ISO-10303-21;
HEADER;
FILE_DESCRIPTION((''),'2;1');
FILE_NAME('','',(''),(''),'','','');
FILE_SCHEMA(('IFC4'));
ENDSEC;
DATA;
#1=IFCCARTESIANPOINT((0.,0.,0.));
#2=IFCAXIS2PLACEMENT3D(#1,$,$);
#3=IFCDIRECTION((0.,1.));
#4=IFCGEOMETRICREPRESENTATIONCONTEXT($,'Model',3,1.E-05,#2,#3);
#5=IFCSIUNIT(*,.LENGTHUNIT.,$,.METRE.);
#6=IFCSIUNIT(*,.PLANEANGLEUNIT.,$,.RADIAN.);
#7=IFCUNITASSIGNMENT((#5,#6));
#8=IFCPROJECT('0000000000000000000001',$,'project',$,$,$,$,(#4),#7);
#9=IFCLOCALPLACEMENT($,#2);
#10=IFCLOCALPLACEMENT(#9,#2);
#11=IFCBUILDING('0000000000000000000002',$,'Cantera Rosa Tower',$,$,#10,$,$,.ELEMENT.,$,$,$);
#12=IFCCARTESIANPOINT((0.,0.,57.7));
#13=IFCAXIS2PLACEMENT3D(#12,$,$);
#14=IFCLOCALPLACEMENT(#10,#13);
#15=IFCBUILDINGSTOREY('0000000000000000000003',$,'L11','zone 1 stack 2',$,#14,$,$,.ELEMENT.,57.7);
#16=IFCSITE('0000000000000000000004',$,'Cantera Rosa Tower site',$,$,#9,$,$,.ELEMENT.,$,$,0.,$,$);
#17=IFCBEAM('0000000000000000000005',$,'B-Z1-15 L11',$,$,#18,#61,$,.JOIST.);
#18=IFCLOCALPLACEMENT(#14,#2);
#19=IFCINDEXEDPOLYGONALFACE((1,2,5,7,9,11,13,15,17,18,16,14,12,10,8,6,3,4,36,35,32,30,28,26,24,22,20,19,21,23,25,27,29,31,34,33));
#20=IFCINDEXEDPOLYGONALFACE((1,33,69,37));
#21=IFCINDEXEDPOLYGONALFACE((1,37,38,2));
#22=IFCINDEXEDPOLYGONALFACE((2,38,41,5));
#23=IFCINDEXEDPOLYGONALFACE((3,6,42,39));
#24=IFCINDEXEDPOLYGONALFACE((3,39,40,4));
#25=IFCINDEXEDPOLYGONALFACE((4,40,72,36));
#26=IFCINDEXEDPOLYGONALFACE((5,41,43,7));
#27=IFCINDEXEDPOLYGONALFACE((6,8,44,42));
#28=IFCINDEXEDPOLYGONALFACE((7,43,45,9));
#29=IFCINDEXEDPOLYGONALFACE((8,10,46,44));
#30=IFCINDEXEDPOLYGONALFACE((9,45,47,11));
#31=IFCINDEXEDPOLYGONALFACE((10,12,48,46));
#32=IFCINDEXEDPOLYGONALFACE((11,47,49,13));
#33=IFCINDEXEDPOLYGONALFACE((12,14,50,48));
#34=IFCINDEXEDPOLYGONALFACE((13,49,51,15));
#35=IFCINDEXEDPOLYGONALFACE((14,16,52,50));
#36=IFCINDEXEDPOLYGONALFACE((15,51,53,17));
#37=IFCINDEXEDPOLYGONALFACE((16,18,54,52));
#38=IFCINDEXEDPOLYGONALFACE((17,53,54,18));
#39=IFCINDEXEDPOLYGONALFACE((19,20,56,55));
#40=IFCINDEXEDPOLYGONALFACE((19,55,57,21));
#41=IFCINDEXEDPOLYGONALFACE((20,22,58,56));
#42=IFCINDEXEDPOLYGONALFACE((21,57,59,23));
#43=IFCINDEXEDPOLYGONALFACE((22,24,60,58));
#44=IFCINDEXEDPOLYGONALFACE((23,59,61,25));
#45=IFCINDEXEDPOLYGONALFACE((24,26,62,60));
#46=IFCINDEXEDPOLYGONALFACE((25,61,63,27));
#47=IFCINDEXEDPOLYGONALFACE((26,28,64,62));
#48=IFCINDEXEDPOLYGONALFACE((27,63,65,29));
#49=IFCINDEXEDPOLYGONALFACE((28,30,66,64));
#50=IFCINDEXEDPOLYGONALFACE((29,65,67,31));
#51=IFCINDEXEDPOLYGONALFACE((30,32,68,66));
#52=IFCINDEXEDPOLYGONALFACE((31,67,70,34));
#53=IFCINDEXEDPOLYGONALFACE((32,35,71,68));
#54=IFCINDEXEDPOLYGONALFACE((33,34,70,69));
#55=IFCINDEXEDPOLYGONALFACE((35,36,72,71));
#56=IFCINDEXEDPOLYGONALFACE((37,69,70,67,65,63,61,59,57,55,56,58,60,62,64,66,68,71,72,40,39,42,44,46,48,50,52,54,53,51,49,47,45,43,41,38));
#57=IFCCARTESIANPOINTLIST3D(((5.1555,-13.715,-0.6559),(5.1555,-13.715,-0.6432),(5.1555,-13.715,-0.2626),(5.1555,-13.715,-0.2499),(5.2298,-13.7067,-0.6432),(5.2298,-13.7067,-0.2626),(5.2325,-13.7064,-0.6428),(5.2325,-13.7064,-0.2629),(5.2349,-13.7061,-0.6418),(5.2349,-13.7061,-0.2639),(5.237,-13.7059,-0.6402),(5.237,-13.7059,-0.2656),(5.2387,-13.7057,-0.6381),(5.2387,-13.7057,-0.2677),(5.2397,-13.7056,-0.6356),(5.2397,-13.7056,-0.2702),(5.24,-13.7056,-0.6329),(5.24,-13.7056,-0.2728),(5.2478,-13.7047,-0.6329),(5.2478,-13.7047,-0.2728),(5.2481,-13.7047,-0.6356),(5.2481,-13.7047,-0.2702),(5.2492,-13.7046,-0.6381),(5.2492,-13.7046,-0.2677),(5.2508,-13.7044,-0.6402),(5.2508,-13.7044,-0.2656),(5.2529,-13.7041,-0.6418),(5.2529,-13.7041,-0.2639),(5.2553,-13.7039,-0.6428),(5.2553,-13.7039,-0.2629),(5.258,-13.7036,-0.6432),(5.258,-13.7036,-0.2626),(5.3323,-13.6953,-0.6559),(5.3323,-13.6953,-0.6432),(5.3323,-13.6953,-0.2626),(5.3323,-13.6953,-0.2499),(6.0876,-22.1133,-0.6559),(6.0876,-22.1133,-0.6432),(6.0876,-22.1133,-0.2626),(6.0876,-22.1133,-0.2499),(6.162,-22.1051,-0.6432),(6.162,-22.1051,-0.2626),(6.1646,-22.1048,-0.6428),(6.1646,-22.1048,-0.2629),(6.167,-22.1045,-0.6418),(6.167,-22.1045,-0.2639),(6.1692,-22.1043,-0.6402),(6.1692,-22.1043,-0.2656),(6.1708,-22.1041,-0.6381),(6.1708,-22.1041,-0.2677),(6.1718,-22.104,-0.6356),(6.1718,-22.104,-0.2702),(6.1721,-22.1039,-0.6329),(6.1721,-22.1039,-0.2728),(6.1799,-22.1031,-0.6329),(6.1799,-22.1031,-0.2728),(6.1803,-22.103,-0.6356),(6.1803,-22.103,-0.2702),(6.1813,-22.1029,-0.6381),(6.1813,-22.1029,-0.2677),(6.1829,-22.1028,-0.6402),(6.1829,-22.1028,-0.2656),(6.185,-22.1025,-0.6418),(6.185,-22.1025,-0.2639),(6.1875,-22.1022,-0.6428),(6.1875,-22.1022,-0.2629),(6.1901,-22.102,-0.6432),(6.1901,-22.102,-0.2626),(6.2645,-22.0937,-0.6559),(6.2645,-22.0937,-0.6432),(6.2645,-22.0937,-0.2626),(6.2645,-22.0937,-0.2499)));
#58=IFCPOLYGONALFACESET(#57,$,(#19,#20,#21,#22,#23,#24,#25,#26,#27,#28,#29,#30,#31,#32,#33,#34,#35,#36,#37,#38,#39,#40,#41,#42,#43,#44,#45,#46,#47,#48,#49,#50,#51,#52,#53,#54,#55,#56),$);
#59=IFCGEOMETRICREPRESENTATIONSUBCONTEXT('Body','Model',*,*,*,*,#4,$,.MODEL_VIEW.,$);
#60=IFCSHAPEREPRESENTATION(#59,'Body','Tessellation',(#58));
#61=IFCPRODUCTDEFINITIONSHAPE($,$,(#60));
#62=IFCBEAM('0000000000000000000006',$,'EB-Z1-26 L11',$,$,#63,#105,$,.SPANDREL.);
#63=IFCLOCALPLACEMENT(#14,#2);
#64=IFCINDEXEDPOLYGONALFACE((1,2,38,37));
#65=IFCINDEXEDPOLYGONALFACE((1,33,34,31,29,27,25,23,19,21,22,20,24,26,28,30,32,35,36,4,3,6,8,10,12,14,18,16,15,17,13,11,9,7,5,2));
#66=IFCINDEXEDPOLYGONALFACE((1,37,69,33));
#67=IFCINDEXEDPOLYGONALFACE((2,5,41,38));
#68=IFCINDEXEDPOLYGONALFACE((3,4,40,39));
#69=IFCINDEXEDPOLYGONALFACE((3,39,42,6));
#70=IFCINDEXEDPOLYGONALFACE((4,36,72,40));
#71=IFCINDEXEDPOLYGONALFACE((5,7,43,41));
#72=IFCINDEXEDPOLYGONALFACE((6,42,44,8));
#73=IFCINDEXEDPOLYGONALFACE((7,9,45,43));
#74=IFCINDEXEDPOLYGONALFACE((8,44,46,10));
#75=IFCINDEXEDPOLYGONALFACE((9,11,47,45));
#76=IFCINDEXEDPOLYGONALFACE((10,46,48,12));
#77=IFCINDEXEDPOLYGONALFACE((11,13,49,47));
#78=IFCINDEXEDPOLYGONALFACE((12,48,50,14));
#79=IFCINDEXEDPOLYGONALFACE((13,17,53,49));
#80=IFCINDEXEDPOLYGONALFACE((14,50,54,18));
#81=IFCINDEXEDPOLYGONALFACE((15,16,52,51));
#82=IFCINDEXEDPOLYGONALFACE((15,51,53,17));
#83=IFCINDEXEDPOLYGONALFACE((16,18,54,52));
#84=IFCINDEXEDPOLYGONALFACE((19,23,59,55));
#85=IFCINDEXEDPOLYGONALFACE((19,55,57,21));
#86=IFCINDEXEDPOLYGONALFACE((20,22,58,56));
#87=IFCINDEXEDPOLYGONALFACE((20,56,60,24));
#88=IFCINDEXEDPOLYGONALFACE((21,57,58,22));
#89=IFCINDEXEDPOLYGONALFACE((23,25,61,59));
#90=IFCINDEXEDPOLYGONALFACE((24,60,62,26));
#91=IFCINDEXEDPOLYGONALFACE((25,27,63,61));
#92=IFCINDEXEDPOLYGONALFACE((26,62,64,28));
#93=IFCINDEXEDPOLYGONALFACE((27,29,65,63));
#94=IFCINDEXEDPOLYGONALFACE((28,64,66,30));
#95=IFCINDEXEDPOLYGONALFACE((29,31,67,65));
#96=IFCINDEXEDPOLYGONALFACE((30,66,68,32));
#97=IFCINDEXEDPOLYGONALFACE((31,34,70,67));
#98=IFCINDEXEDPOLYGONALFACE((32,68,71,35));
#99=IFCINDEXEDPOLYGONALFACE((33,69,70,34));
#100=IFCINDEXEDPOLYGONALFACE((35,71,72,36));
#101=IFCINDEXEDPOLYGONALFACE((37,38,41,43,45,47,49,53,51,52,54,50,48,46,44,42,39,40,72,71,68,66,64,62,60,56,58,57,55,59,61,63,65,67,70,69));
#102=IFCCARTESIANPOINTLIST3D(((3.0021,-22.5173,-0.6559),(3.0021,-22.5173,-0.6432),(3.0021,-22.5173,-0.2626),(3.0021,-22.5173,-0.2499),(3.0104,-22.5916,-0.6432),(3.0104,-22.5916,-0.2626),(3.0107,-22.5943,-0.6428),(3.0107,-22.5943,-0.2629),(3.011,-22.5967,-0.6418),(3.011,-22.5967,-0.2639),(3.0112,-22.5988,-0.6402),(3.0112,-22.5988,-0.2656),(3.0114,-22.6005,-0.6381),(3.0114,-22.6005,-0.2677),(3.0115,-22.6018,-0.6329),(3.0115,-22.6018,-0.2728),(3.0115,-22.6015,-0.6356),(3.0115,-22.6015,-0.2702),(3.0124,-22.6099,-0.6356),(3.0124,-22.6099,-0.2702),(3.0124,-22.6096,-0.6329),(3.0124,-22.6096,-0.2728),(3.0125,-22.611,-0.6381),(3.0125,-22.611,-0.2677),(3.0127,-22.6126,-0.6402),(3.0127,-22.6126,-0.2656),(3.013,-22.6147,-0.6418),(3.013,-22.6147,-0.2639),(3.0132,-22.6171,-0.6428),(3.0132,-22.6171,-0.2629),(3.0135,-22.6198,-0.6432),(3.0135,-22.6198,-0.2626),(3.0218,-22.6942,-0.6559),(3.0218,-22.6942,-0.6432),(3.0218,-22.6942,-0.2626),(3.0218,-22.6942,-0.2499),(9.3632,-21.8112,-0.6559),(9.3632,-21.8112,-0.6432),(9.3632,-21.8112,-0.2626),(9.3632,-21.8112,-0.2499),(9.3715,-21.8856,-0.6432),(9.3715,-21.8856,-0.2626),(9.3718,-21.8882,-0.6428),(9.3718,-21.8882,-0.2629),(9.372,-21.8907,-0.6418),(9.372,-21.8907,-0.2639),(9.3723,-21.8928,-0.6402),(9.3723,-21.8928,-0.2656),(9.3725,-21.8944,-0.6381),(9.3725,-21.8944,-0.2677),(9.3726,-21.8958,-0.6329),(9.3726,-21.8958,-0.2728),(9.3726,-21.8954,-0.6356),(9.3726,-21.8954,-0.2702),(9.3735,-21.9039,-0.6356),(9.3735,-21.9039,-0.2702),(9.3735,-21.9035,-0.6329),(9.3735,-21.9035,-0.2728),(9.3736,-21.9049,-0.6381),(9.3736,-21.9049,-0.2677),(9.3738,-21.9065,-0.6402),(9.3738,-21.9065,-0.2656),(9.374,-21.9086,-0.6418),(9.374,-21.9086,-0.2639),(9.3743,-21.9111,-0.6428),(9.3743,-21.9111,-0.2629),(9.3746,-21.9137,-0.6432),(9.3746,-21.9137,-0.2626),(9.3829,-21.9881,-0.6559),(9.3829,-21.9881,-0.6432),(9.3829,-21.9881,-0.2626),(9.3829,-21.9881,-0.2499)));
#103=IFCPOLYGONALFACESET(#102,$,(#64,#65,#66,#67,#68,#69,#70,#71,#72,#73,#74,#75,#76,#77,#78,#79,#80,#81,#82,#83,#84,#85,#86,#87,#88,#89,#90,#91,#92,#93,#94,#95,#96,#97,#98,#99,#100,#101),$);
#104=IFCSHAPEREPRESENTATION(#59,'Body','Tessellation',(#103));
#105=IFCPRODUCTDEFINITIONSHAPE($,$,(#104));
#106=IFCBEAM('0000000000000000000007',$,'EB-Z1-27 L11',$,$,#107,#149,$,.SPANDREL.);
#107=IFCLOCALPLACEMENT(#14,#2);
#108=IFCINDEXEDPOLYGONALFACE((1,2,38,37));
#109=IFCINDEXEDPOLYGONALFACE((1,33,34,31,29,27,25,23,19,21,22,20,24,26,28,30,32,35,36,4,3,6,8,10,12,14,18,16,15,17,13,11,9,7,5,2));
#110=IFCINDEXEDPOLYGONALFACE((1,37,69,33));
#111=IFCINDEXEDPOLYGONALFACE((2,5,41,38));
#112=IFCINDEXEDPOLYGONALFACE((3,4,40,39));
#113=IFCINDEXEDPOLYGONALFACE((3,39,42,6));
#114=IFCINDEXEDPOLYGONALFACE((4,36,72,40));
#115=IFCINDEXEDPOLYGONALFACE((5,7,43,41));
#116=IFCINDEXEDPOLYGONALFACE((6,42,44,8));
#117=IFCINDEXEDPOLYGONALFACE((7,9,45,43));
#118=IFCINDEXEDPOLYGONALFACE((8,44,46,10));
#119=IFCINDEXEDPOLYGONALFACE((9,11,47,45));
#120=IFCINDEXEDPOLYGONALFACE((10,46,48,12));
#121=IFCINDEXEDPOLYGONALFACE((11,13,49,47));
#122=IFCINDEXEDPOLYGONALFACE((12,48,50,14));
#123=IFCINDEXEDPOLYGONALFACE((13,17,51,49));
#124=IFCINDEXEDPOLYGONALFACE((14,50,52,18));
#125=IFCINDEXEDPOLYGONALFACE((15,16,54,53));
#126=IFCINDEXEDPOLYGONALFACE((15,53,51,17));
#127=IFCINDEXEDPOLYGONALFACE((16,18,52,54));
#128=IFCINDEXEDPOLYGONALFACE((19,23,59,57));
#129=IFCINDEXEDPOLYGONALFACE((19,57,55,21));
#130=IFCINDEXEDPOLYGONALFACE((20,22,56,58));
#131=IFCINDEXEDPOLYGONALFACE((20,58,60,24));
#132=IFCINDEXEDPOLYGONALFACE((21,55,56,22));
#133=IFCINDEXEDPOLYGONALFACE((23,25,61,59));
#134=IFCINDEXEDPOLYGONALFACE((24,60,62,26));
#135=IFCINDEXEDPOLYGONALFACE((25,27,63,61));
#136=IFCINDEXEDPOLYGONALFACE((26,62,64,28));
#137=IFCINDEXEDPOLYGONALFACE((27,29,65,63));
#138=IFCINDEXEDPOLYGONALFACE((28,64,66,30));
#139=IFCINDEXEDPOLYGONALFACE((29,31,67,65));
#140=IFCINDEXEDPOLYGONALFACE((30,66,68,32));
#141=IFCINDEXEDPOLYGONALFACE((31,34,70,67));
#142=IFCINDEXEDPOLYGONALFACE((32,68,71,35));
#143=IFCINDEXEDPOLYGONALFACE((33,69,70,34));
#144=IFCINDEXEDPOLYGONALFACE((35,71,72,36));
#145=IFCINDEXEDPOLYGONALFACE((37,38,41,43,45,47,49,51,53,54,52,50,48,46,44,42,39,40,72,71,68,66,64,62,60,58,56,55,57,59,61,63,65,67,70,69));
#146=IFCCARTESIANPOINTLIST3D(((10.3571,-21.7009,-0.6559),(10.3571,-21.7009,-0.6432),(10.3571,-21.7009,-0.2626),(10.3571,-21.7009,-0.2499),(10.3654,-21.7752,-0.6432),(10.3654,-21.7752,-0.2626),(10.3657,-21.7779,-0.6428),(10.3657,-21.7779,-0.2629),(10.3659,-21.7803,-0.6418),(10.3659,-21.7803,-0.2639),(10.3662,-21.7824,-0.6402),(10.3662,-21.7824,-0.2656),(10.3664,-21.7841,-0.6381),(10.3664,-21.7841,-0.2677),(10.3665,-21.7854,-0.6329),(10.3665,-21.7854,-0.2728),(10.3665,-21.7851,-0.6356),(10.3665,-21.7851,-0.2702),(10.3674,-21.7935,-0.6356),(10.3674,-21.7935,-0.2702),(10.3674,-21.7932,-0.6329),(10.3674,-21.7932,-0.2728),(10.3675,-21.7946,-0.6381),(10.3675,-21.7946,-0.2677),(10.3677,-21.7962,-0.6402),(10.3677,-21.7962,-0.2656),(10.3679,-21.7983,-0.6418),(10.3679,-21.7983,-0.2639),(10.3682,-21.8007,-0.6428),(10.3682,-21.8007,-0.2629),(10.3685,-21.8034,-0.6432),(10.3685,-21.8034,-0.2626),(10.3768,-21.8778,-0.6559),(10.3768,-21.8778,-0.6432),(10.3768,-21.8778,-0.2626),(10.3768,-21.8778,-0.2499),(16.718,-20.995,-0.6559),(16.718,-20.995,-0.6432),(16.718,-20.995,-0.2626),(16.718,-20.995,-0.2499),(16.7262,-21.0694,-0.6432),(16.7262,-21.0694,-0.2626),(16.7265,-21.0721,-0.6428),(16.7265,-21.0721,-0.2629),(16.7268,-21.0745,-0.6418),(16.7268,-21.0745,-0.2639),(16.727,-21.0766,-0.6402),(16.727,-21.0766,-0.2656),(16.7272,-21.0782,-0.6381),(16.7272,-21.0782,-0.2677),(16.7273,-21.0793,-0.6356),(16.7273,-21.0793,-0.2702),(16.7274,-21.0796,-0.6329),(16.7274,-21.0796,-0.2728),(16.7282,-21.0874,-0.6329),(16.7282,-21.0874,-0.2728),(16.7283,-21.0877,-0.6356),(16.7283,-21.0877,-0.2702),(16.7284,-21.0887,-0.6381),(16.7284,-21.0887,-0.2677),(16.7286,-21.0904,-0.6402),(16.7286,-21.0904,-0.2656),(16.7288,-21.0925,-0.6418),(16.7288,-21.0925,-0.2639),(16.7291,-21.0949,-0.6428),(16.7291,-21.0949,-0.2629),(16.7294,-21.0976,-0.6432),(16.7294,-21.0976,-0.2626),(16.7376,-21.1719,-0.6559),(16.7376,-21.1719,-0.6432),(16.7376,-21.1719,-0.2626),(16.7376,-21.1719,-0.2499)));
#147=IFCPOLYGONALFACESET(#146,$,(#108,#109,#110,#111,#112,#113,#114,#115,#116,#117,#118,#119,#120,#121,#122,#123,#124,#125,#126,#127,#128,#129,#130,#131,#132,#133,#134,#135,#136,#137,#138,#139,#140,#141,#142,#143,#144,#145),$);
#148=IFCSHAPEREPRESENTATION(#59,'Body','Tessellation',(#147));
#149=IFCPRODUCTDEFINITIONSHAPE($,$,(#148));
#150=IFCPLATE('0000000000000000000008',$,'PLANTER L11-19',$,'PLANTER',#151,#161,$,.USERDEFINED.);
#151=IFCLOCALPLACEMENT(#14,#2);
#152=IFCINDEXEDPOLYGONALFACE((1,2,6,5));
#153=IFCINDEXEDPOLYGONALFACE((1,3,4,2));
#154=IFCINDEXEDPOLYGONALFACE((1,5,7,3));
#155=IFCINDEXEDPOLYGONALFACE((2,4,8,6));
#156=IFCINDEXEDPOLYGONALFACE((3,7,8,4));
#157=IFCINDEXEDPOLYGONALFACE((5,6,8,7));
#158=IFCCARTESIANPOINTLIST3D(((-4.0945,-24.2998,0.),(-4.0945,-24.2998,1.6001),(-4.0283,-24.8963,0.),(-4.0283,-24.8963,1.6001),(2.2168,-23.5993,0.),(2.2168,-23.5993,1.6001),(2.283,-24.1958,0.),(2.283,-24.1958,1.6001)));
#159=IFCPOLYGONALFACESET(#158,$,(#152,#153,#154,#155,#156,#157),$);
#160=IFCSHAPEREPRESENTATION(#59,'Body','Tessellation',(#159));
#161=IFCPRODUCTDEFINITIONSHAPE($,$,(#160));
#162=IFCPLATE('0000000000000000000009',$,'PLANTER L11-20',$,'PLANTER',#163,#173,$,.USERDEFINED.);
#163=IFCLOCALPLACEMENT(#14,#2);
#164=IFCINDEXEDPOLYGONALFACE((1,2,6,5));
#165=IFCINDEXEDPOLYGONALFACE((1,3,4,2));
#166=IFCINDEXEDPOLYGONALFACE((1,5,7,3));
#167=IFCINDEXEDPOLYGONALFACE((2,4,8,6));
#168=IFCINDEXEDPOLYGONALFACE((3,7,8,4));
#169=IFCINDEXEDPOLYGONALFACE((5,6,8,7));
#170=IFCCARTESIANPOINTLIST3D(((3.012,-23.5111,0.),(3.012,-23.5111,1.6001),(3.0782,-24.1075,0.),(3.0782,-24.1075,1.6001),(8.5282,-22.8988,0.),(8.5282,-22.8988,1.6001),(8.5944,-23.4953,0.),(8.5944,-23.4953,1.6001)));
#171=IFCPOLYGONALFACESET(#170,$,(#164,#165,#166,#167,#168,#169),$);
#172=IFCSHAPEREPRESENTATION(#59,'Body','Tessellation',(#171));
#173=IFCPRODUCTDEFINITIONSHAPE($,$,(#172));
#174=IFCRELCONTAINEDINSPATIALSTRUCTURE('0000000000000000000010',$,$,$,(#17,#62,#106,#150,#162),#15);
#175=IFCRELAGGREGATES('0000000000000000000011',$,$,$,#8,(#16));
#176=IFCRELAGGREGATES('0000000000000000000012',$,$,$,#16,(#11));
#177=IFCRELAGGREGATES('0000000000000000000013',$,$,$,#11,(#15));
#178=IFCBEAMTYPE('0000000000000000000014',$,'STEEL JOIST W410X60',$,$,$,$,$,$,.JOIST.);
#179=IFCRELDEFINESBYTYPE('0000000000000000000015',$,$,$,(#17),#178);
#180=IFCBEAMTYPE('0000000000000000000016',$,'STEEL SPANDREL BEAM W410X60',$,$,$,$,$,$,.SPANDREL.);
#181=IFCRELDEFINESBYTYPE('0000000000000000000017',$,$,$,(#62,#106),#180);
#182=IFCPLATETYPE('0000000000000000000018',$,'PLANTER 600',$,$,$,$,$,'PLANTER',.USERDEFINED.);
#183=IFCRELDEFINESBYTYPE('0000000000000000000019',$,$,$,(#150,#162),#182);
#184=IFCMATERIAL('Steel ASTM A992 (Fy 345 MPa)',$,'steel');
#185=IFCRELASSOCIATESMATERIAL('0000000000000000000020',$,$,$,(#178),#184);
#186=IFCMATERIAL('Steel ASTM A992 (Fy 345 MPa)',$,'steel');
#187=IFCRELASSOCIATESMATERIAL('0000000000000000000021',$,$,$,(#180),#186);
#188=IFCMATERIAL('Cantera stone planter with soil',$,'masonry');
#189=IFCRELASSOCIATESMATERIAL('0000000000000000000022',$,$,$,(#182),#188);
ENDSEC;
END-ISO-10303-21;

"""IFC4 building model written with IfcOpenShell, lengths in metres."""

from ifc_helpers import new_model, si_unit, direction, frame, origin, origin_2d, place, context, subcontext, project, spatial, rectangle, i_section, extrude, material, material_profile, profile_set, type_object, element, save


model = new_model("IFC4")

# Units and contexts
model_context = context("Model", 3, precision=1e-05, world=origin(), true_north=direction((0.0, 1.0)))
body_context = subcontext(model_context, "Body", "Model", "MODEL_VIEW")
ifc_project = project(units=[si_unit("LENGTHUNIT", "METRE"), si_unit("PLANEANGLEUNIT", "RADIAN")], contexts=[model_context])

# Site, building, storey
site_placement = place(None, origin())
site = spatial("IfcSite", under=ifc_project, at=site_placement, Name="Cantera Rosa Tower site", CompositionType="ELEMENT", RefElevation=0.0)
building_placement = place(site_placement, origin())
building = spatial("IfcBuilding", under=site, at=building_placement, Name="Cantera Rosa Tower", CompositionType="ELEMENT")
storey_placement = place(building_placement, frame((0.0, 0.0, 57.7)))
storey = spatial("IfcBuildingStorey", under=building, at=storey_placement, Name="L11", Description="zone 1 stack 2", CompositionType="ELEMENT", Elevation=57.7)

# Beams
ifc_material_1 = material(Name="Steel ASTM A992 (Fy 345 MPa)", Category="steel")
ifc_material_profile_1 = material_profile(ifc_material_1, i_section(OverallWidth=0.178, OverallDepth=0.406, WebThickness=0.0078, FlangeThickness=0.0127, FilletRadius=0.0103, at=origin_2d()), Name="W410X60")
ifc_profile_set_1 = profile_set([ifc_material_profile_1], Name="Steel ASTM A992 (Fy 345 MPa)")
beam_type_1 = type_object("IfcBeamType", Name="STEEL JOIST W410X60", PredefinedType="JOIST", material=ifc_profile_set_1)
for number, where, z_axis, x_axis, name in (
    (1, (6.176, -22.1035, -0.4529), (-0.110311, 0.993897, 0.0), (-0.993897, -0.110311, 0.0), "B-Z1-15 L11"),
):
    element("IfcBeam", number, at=place(storey_placement, frame(where, z_axis=z_axis, x_axis=x_axis)), inside=storey, type_object=beam_type_1, Name=name, PredefinedType="JOIST", context=body_context, shape_type="SweptSolid", body=[
        extrude(i_section(OverallWidth=0.178, OverallDepth=0.406, WebThickness=0.0078, FlangeThickness=0.0127, FilletRadius=0.0103, at=origin_2d()), origin(), (0.0, 0.0, 1.0), 8.45),
    ])
ifc_material_2 = material(Name="Steel ASTM A992 (Fy 345 MPa)", Category="steel")
ifc_material_profile_2 = material_profile(ifc_material_2, i_section(OverallWidth=0.178, OverallDepth=0.406, WebThickness=0.0078, FlangeThickness=0.0127, FilletRadius=0.0103, at=origin_2d()), Name="W410X60")
ifc_profile_set_2 = profile_set([ifc_material_profile_2], Name="Steel ASTM A992 (Fy 345 MPa)")
beam_type_2 = type_object("IfcBeamType", Name="STEEL SPANDREL BEAM W410X60", PredefinedType="SPANDREL", material=ifc_profile_set_2)
beam_1_placement = place(storey_placement, frame((3.012, -22.6057, -0.4529), z_axis=(0.993896, 0.110318, 0.0), x_axis=(-0.110318, 0.993896, 0.0)))
element("IfcBeam", 2, at=beam_1_placement, inside=storey, type_object=beam_type_2, Name="EB-Z1-26 L11", PredefinedType="SPANDREL", context=body_context, shape_type="SweptSolid", body=[
    extrude(i_section(OverallWidth=0.178, OverallDepth=0.406, WebThickness=0.0078, FlangeThickness=0.0127, FilletRadius=0.0103, at=origin_2d()), origin(), (0.0, 0.0, 1.0), 6.4001),
])
beam_2_placement = place(storey_placement, frame((10.3669, -21.7893, -0.4529), z_axis=(0.9939, 0.110285, 0.0), x_axis=(-0.110285, 0.9939, 0.0)))
element("IfcBeam", 3, at=beam_2_placement, inside=storey, type_object=beam_type_2, Name="EB-Z1-27 L11", PredefinedType="SPANDREL", context=body_context, shape_type="SweptSolid", body=[
    extrude(i_section(OverallWidth=0.178, OverallDepth=0.406, WebThickness=0.0078, FlangeThickness=0.0127, FilletRadius=0.0103, at=origin_2d()), origin(), (0.0, 0.0, 1.0), 6.3999),
])

# Plates
ifc_material_3 = material(Name="Cantera stone planter with soil", Category="masonry")
plate_type = type_object("IfcPlateType", Name="PLANTER 600", ElementType="PLANTER", PredefinedType="USERDEFINED", material=ifc_material_3)
plate_1_placement = place(storey_placement, frame((-0.9058, -24.2478, 0.0), z_axis=(0.0, 0.0, 1.0), x_axis=(0.993897, 0.110313, 0.0)))
element("IfcPlate", 4, at=plate_1_placement, inside=storey, type_object=plate_type, Name="PLANTER L11-19", ObjectType="PLANTER", PredefinedType="USERDEFINED", context=body_context, shape_type="SweptSolid", body=[
    extrude(rectangle(XDim=6.3501, YDim=0.6001, at=origin_2d()), origin(), (0.0, 0.0, 1.0), 1.6001),
])
plate_2_placement = place(storey_placement, frame((5.8032, -23.5032, 0.0), z_axis=(0.0, 0.0, 1.0), x_axis=(0.993897, 0.110313, 0.0)))
element("IfcPlate", 5, at=plate_2_placement, inside=storey, type_object=plate_type, Name="PLANTER L11-20", ObjectType="PLANTER", PredefinedType="USERDEFINED", context=body_context, shape_type="SweptSolid", body=[
    extrude(rectangle(XDim=5.55, YDim=0.6001, at=origin_2d()), origin(), (0.0, 0.0, 1.0), 1.6001),
])

save(model, "model.ifc")
